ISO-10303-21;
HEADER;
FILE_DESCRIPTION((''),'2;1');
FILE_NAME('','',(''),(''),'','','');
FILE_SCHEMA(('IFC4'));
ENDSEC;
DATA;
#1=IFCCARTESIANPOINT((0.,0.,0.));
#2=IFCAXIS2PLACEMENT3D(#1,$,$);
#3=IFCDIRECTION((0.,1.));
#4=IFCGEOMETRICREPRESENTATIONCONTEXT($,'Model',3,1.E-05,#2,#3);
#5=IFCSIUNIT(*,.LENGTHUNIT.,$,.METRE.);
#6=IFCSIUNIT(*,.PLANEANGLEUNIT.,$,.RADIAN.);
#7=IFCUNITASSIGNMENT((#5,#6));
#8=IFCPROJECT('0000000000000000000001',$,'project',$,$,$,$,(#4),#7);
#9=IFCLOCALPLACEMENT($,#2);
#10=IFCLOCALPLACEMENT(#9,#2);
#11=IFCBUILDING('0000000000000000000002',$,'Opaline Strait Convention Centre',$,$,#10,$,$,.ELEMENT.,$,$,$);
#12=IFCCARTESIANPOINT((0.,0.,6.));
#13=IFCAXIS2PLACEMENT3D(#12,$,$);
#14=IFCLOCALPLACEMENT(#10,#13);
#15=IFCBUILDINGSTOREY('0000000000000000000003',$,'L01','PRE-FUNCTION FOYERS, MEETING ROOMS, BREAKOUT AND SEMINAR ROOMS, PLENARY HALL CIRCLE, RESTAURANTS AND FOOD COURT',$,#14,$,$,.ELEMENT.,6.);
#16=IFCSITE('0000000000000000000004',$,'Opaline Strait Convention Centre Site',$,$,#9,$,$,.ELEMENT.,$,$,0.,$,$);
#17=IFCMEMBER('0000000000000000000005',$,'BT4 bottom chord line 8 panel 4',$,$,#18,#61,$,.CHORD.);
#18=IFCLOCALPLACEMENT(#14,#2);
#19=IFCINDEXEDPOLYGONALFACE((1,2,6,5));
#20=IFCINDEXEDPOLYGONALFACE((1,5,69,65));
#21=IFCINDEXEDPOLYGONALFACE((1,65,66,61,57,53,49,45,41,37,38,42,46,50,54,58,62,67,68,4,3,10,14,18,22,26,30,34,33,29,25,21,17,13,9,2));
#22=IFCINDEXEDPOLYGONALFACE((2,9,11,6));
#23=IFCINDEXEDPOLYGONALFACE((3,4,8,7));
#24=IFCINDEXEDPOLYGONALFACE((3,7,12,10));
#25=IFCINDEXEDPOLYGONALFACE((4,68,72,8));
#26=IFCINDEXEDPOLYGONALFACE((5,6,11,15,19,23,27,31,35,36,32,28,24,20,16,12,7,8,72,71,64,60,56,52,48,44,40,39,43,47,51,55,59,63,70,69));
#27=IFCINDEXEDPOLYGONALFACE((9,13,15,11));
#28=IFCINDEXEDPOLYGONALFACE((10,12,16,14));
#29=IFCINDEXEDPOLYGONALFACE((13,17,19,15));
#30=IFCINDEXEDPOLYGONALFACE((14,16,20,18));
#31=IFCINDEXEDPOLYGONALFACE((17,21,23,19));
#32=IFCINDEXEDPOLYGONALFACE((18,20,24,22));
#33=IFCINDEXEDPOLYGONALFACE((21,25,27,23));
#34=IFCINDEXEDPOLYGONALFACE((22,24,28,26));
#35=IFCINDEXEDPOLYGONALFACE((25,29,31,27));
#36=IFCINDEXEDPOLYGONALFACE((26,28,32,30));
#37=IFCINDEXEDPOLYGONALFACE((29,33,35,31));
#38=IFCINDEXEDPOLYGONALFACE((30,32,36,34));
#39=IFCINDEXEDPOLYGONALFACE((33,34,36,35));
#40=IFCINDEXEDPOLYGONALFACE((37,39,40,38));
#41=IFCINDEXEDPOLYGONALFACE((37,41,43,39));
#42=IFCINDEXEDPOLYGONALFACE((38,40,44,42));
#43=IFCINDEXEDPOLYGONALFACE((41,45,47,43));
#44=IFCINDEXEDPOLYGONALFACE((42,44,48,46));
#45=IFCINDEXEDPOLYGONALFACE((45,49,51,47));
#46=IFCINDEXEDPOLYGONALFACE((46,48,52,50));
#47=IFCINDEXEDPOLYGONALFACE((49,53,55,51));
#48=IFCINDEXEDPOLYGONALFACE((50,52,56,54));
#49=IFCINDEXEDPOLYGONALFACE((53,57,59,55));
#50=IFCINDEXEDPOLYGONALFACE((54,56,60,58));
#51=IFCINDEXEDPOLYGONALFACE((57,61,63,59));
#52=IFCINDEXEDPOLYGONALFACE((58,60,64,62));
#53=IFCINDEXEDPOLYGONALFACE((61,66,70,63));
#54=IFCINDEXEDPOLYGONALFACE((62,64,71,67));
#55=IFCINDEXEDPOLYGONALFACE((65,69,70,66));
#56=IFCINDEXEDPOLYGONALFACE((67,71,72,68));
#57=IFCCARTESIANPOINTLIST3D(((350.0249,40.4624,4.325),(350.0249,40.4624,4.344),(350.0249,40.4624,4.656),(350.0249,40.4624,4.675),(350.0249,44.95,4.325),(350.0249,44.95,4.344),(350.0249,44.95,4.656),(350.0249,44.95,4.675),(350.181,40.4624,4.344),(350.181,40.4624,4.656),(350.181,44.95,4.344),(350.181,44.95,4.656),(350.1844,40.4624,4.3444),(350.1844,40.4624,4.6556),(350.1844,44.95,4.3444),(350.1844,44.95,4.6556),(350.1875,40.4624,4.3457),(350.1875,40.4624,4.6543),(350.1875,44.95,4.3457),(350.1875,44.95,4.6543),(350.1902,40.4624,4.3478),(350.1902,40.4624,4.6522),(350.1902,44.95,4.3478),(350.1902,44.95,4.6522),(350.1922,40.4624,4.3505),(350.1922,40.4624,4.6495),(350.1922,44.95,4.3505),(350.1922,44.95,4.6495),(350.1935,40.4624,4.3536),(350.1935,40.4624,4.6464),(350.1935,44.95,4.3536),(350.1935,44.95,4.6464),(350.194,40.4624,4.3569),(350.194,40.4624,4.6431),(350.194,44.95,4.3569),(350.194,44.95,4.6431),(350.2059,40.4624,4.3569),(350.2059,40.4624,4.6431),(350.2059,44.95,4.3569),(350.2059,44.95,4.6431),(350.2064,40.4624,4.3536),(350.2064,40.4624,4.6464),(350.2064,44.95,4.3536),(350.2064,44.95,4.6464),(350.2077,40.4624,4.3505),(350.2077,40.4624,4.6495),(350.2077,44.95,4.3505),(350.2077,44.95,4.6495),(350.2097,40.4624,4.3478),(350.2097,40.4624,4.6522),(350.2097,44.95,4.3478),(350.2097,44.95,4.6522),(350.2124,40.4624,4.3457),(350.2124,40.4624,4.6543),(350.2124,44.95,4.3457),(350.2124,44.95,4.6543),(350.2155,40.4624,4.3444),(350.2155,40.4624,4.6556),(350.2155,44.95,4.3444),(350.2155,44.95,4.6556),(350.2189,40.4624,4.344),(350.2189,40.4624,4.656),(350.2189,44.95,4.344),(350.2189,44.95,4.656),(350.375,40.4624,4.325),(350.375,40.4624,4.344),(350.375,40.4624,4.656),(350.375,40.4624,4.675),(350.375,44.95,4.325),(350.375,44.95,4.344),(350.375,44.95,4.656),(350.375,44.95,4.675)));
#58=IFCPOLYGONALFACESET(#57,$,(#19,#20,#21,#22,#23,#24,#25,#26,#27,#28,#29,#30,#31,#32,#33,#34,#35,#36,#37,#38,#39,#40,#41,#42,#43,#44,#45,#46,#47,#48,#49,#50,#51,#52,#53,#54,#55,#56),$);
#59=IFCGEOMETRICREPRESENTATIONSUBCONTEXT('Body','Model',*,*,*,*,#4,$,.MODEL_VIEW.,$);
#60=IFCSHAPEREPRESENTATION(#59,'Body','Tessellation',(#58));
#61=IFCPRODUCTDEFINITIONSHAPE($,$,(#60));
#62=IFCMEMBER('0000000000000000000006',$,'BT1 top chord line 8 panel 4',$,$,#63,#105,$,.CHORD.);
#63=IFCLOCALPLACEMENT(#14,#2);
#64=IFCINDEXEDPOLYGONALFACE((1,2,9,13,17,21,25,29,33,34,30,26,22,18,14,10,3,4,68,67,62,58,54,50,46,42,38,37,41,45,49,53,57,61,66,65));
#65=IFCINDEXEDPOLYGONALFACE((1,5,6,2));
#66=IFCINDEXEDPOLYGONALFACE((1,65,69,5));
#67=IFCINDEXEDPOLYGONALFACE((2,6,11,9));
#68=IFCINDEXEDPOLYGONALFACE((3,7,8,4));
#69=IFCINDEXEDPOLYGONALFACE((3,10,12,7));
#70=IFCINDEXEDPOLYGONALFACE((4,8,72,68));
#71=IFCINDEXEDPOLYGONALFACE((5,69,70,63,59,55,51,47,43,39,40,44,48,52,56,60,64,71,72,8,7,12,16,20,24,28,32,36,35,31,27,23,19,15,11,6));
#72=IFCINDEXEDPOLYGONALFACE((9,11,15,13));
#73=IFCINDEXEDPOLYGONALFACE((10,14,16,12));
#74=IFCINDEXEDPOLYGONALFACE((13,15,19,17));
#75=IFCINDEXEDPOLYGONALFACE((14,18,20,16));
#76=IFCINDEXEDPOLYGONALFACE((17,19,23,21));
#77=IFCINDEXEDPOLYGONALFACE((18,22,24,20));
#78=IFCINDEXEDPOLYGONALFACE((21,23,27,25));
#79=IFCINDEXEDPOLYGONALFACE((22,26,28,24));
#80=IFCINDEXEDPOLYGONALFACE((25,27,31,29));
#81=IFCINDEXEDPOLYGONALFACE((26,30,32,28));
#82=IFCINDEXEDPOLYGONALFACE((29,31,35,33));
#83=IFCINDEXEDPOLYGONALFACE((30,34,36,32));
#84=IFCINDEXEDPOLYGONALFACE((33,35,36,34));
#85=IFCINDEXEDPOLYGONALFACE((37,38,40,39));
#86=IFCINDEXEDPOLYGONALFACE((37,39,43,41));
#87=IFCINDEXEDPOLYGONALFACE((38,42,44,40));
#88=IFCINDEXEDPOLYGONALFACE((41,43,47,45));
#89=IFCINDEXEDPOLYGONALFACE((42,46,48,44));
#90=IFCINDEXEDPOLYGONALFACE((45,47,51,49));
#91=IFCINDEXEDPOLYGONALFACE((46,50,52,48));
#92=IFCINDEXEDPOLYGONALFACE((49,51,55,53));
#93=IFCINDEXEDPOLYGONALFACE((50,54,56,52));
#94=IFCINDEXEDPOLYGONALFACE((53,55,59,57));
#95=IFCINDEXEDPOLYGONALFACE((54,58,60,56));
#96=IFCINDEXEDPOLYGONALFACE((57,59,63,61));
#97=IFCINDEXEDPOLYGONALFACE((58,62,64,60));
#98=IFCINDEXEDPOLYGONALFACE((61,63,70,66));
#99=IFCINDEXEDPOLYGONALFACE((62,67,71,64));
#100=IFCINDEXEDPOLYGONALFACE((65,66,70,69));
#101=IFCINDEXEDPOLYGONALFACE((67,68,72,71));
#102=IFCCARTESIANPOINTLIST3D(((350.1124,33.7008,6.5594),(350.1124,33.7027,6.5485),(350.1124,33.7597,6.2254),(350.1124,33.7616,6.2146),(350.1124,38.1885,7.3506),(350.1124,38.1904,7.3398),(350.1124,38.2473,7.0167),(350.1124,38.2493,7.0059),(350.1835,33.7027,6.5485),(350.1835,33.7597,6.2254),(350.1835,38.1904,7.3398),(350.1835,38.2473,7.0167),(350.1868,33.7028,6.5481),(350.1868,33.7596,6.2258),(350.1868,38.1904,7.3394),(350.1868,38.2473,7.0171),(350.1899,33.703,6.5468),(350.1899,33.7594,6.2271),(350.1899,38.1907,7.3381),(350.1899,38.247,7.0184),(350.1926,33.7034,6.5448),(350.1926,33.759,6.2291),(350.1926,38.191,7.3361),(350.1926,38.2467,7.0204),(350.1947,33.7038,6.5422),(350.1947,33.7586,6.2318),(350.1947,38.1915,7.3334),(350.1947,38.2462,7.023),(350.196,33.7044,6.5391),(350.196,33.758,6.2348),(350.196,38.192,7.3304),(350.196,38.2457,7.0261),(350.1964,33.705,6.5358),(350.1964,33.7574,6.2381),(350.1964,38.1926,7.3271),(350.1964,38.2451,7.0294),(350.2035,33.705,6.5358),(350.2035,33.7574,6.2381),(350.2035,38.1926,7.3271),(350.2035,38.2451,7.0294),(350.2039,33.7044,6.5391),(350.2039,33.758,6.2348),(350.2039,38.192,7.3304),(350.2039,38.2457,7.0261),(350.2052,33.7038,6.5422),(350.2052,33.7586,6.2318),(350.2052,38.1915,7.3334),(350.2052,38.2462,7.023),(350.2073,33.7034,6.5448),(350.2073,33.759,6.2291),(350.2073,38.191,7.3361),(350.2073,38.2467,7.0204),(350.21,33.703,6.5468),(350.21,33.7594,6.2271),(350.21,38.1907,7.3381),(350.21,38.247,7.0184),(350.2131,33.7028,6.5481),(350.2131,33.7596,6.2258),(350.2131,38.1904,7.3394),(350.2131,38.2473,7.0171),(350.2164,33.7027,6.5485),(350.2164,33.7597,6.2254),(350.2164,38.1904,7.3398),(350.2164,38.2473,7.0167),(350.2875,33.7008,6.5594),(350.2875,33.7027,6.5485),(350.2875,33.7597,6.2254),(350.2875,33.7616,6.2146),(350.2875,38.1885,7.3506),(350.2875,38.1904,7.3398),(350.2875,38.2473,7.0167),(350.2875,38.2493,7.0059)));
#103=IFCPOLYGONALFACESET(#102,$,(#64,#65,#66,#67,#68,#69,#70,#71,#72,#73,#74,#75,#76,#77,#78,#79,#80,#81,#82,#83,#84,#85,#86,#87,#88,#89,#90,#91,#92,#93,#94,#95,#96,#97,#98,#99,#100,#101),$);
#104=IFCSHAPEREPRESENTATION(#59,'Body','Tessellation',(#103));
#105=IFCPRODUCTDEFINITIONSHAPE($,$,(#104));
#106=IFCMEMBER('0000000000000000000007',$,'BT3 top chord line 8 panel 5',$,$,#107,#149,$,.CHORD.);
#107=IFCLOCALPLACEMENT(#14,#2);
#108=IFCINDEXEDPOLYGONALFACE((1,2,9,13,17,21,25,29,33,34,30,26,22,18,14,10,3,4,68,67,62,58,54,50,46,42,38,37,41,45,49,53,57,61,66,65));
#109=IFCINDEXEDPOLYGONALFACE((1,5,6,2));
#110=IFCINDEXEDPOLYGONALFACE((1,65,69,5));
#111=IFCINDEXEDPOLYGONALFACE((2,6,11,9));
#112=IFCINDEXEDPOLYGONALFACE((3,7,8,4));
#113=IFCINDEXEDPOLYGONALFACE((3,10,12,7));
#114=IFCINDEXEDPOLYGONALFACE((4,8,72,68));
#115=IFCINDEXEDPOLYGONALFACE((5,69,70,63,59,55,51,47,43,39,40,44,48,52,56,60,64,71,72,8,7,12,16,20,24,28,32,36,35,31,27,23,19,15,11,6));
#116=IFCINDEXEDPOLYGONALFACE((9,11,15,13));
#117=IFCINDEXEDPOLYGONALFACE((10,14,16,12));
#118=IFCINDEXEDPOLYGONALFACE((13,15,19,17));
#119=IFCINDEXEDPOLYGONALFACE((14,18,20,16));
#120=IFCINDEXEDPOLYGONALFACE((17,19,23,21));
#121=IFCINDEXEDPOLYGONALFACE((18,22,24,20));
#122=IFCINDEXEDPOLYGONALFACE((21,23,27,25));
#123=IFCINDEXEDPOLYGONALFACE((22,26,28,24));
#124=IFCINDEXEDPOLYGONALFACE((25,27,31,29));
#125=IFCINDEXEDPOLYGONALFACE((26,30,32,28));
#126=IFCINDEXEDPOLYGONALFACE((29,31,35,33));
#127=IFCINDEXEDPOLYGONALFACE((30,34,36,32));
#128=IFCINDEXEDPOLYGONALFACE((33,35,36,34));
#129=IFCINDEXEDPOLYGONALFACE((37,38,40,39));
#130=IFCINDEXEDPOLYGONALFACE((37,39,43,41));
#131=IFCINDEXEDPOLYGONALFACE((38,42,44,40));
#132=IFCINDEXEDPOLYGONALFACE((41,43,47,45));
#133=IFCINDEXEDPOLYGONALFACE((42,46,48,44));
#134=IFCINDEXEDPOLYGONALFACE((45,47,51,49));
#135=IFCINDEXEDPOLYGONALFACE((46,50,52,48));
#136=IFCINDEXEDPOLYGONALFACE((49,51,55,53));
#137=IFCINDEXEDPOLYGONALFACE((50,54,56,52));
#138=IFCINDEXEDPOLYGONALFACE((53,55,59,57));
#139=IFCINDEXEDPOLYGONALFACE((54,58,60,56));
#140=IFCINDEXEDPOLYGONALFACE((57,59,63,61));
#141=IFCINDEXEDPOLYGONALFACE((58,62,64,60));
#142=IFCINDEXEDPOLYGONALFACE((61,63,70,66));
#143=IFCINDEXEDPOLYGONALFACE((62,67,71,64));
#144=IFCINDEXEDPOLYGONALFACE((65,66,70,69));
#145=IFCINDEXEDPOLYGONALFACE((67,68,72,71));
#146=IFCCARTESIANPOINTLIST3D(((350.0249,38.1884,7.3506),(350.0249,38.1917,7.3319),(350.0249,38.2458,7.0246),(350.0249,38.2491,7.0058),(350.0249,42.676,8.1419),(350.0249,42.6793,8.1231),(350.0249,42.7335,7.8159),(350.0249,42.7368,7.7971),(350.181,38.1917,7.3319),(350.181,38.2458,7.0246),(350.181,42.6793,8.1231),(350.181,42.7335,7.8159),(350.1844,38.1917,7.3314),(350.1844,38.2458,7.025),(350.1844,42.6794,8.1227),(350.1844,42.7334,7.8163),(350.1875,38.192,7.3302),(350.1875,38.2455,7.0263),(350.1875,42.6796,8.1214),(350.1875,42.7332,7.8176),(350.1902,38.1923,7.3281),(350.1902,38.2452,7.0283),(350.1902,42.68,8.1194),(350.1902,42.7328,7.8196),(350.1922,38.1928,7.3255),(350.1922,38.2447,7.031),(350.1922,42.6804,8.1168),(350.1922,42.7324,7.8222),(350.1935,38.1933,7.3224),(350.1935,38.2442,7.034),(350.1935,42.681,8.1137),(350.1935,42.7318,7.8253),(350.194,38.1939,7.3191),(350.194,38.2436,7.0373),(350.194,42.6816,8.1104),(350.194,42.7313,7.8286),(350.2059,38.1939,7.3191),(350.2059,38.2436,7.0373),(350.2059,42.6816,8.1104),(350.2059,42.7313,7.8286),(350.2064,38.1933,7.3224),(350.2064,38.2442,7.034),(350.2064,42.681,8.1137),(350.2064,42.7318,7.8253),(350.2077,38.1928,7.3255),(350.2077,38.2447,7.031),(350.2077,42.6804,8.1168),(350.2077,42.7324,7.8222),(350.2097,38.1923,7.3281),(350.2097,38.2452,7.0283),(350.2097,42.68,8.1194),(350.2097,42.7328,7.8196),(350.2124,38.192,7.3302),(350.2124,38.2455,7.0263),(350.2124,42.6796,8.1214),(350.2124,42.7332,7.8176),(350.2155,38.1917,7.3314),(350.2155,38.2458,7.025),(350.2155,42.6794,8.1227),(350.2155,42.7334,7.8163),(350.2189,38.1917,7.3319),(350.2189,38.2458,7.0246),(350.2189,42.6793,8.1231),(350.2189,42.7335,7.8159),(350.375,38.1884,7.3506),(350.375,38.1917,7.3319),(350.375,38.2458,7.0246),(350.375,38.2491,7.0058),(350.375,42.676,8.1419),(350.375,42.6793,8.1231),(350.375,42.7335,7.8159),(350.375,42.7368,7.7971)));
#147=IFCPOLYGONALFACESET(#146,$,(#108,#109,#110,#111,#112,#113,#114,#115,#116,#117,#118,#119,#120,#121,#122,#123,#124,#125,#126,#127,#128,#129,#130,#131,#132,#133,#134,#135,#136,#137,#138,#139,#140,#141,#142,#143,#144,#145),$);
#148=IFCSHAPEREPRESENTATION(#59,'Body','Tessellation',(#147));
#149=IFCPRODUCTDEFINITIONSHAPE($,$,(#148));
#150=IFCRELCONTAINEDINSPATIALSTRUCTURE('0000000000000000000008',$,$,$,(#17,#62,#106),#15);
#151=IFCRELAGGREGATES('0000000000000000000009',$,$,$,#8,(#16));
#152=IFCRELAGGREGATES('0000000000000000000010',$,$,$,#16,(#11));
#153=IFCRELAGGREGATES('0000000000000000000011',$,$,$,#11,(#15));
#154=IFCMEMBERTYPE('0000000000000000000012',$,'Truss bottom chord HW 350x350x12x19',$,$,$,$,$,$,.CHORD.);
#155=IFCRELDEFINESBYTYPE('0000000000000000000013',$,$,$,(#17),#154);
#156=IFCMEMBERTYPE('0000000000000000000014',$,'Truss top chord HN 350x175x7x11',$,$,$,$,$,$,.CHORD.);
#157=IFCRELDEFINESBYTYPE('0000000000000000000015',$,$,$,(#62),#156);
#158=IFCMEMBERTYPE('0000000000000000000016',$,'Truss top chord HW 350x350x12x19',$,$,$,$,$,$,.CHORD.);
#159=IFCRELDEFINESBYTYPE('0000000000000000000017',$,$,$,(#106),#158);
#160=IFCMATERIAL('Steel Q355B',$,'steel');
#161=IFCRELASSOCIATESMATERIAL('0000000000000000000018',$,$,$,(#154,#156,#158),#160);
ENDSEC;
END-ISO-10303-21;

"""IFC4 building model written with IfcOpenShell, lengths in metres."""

from ifc_helpers import new_model, si_unit, direction, frame, origin, origin_2d, place, context, subcontext, project, spatial, i_section, extrude, material, material_profile, profile_set, type_object, element, save


model = new_model("IFC4")

# Units and contexts
model_context = context("Model", 3, precision=1e-05, world=origin(), true_north=direction((0.0, 1.0)))
body_context = subcontext(model_context, "Body", "Model", "MODEL_VIEW")
ifc_project = project(units=[si_unit("LENGTHUNIT", "METRE"), si_unit("PLANEANGLEUNIT", "RADIAN")], contexts=[model_context])

# Site, building, storey
site_placement = place(None, origin())
site = spatial("IfcSite", under=ifc_project, at=site_placement, Name="Opaline Strait Convention Centre Site", CompositionType="ELEMENT", RefElevation=0.0)
building_placement = place(site_placement, origin())
building = spatial("IfcBuilding", under=site, at=building_placement, Name="Opaline Strait Convention Centre", CompositionType="ELEMENT")
storey_placement = place(building_placement, frame((0.0, 0.0, 6.0)))
storey = spatial("IfcBuildingStorey", under=building, at=storey_placement, Name="L01", Description="PRE-FUNCTION FOYERS, MEETING ROOMS, BREAKOUT AND SEMINAR ROOMS, PLENARY HALL CIRCLE, RESTAURANTS AND FOOD COURT", CompositionType="ELEMENT", Elevation=6.0)

# Members
ifc_material_1 = material(Name="Steel Q355B", Category="steel")
ifc_material_profile_1 = material_profile(ifc_material_1, i_section(OverallWidth=0.3501, OverallDepth=0.3501, WebThickness=0.012, FlangeThickness=0.019, FilletRadius=0.0129, at=origin_2d()), Name="HW 350x350x12x19")
ifc_profile_set_1 = profile_set([ifc_material_profile_1], Name="Steel Q355B")
member_type_1 = type_object("IfcMemberType", Name="Truss bottom chord HW 350x350x12x19", PredefinedType="CHORD", material=ifc_profile_set_1)
member_1_placement = place(storey_placement, frame((350.2, 40.4624, 4.5), z_axis=(0.0, 1.0, 0.0), x_axis=(-1.0, 0.0, 0.0)))
element("IfcMember", 1, at=member_1_placement, inside=storey, type_object=member_type_1, Name="BT4 bottom chord line 8 panel 4", PredefinedType="CHORD", context=body_context, shape_type="SweptSolid", body=[
    extrude(i_section(OverallWidth=0.3501, OverallDepth=0.3501, WebThickness=0.012, FlangeThickness=0.019, FilletRadius=0.0129, at=origin_2d()), origin(), (0.0, 0.0, 1.0), 4.4875),
])
ifc_material_profile_2 = material_profile(ifc_material_1, i_section(OverallWidth=0.175, OverallDepth=0.3501, WebThickness=0.0071, FlangeThickness=0.011, FilletRadius=0.0129, at=origin_2d()), Name="HN 350x175x7x11")
ifc_profile_set_2 = profile_set([ifc_material_profile_2], Name="Steel Q355B")
member_type_2 = type_object("IfcMemberType", Name="Truss top chord HN 350x175x7x11", PredefinedType="CHORD", material=ifc_profile_set_2)
member_2_placement = place(storey_placement, frame((350.2, 33.7312, 6.387), z_axis=(0.0, 0.984808, 0.173645), x_axis=(-1.0, 0.0, 0.0)))
element("IfcMember", 2, at=member_2_placement, inside=storey, type_object=member_type_2, Name="BT1 top chord line 8 panel 4", PredefinedType="CHORD", context=body_context, shape_type="SweptSolid", body=[
    extrude(i_section(OverallWidth=0.175, OverallDepth=0.3501, WebThickness=0.0071, FlangeThickness=0.011, FilletRadius=0.0129, at=origin_2d()), origin(), (0.0, 0.0, 1.0), 4.5569),
])
ifc_material_profile_3 = material_profile(ifc_material_1, i_section(OverallWidth=0.3501, OverallDepth=0.3501, WebThickness=0.012, FlangeThickness=0.019, FilletRadius=0.0129, at=origin_2d()), Name="HW 350x350x12x19")
ifc_profile_set_3 = profile_set([ifc_material_profile_3], Name="Steel Q355B")
member_type_3 = type_object("IfcMemberType", Name="Truss top chord HW 350x350x12x19", PredefinedType="CHORD", material=ifc_profile_set_3)
member_3_placement = place(storey_placement, frame((350.2, 38.2188, 7.1782), z_axis=(0.0, 0.984808, 0.173645), x_axis=(-1.0, 0.0, 0.0)))
element("IfcMember", 3, at=member_3_placement, inside=storey, type_object=member_type_3, Name="BT3 top chord line 8 panel 5", PredefinedType="CHORD", context=body_context, shape_type="SweptSolid", body=[
    extrude(i_section(OverallWidth=0.3501, OverallDepth=0.3501, WebThickness=0.012, FlangeThickness=0.019, FilletRadius=0.0129, at=origin_2d()), origin(), (0.0, 0.0, 1.0), 4.5569),
])

save(model, "model.ifc")
